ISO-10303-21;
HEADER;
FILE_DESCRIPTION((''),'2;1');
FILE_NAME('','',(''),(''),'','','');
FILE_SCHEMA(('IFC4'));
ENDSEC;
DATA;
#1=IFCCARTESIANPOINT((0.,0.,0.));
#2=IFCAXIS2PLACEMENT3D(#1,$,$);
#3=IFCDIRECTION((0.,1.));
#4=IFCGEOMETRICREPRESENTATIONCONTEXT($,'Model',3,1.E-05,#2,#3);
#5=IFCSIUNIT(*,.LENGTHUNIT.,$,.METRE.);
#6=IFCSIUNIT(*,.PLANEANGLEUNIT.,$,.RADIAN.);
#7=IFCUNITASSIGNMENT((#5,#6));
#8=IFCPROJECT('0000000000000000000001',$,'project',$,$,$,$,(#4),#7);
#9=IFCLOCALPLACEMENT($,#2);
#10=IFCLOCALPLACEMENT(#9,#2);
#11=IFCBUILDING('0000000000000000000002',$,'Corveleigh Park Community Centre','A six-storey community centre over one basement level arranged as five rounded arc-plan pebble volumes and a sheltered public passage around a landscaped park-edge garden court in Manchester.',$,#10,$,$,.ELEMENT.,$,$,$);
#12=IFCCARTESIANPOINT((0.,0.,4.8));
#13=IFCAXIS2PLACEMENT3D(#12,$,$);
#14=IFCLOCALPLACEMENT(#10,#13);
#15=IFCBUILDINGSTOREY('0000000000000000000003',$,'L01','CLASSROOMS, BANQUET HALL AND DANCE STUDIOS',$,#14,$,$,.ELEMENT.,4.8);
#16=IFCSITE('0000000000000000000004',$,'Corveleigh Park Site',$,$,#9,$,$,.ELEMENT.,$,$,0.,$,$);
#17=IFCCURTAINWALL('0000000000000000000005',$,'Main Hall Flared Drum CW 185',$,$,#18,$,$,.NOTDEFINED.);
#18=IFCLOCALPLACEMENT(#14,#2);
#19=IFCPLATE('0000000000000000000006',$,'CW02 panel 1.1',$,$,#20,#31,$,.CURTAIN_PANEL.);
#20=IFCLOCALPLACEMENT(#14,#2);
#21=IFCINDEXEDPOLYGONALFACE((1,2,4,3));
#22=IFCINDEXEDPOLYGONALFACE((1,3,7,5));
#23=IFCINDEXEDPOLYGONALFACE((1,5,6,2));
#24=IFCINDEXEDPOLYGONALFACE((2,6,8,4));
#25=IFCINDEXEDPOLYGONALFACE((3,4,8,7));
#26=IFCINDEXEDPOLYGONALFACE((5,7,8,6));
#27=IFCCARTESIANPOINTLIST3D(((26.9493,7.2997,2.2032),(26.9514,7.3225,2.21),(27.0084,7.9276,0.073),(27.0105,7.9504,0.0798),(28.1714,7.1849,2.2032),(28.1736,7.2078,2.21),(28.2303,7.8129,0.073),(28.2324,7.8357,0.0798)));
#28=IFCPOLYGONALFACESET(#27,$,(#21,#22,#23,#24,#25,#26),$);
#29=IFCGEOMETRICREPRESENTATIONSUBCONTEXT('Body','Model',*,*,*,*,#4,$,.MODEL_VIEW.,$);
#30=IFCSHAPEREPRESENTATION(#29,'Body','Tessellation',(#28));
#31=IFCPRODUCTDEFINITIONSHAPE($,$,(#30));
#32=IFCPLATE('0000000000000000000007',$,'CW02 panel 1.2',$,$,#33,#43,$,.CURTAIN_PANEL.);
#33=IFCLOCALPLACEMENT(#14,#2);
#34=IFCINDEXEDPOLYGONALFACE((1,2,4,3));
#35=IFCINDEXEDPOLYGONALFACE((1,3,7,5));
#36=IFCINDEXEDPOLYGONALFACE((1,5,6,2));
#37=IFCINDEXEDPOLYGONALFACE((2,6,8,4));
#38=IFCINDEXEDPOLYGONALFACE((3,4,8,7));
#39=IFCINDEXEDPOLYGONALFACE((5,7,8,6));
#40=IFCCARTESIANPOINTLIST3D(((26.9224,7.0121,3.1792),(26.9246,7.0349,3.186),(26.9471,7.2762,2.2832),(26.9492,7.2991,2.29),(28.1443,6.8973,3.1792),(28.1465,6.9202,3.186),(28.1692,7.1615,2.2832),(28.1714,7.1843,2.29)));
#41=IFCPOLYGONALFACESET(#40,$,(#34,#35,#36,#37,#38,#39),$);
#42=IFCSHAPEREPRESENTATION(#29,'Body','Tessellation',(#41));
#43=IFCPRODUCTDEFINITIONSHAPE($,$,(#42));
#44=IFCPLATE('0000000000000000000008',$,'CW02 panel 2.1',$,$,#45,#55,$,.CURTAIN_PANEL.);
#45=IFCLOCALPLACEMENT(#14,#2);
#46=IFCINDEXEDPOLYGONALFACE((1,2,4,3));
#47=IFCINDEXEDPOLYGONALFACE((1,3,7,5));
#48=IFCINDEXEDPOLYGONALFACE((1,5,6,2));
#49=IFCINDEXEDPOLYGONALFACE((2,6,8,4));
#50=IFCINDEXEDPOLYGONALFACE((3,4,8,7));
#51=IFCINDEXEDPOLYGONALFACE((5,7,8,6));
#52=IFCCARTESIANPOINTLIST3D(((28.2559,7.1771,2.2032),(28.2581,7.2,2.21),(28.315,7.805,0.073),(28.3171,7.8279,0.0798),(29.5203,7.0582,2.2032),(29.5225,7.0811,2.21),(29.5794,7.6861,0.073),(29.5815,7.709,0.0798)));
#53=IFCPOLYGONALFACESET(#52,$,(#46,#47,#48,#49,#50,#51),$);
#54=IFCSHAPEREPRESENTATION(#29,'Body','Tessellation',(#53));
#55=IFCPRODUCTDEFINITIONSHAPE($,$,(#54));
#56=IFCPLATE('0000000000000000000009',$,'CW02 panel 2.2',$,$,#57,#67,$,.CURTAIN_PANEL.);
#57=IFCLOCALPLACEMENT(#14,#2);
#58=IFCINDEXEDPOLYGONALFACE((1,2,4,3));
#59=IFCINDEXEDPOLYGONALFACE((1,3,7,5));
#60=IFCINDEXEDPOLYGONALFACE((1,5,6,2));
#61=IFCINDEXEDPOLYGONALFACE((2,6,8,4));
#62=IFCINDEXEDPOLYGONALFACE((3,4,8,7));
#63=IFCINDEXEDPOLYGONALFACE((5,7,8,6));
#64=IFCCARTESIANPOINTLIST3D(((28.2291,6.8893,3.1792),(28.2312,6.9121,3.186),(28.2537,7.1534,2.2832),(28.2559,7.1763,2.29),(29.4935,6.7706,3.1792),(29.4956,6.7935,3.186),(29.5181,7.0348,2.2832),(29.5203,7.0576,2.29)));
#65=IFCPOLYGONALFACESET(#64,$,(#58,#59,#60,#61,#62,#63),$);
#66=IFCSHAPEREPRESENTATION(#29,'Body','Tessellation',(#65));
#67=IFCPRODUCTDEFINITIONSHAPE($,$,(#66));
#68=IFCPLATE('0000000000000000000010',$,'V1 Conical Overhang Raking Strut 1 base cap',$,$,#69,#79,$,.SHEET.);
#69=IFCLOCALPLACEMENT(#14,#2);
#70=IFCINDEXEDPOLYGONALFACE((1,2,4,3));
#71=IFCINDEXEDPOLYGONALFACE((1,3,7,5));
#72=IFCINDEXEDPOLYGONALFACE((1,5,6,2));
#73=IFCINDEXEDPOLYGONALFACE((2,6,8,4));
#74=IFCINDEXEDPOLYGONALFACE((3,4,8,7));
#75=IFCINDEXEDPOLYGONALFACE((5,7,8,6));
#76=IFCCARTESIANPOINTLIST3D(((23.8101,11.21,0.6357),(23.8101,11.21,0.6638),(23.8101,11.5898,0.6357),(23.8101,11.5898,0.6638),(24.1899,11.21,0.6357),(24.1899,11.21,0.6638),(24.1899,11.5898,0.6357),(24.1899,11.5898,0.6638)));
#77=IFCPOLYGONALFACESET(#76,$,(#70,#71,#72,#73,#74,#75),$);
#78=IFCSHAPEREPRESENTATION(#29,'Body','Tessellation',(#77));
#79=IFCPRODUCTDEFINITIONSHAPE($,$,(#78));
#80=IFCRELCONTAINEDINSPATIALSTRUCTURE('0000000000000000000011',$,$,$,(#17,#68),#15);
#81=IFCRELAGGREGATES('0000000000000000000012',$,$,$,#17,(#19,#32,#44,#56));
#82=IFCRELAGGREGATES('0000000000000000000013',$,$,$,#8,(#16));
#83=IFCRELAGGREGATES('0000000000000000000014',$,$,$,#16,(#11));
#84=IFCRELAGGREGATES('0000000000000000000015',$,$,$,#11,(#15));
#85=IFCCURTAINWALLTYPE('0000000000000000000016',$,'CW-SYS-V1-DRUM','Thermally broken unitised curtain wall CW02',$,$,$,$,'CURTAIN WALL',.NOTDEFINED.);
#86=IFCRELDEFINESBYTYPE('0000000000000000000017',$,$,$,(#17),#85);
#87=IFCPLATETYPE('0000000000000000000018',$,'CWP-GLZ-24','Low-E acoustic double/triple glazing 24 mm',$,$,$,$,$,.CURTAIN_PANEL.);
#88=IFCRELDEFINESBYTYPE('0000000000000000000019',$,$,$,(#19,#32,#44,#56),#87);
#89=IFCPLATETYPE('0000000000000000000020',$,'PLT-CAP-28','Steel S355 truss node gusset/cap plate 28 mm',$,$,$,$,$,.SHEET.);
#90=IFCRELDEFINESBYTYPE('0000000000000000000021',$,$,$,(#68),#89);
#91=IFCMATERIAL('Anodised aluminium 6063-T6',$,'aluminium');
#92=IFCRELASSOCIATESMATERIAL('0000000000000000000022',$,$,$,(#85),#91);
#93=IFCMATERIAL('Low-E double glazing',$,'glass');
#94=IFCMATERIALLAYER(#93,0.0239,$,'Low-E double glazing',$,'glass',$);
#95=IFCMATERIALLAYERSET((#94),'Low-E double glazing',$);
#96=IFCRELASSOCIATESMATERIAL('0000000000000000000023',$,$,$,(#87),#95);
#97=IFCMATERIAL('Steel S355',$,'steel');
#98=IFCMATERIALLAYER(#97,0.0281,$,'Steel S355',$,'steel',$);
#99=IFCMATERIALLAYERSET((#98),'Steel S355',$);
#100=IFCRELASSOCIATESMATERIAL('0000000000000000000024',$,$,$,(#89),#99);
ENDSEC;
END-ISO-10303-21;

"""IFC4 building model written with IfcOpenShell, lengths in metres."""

from ifc_helpers import new_model, si_unit, direction, frame, origin, origin_2d, place, context, subcontext, project, spatial, polyline, rectangle, outline, extrude, material, layer, layer_set, type_object, element, aggregate, save


model = new_model("IFC4")

# Units and contexts
model_context = context("Model", 3, precision=1e-05, world=origin(), true_north=direction((0.0, 1.0)))
body_context = subcontext(model_context, "Body", "Model", "MODEL_VIEW")
ifc_project = project(units=[si_unit("LENGTHUNIT", "METRE"), si_unit("PLANEANGLEUNIT", "RADIAN")], contexts=[model_context])

# Site, building, storey
site_placement = place(None, origin())
site = spatial("IfcSite", under=ifc_project, at=site_placement, Name="Corveleigh Park Site", CompositionType="ELEMENT", RefElevation=0.0)
building_placement = place(site_placement, origin())
building = spatial("IfcBuilding", under=site, at=building_placement, Name="Corveleigh Park Community Centre", Description="A six-storey community centre over one basement level arranged as five rounded arc-plan pebble volumes and a sheltered public passage around a landscaped park-edge garden court in Manchester.", CompositionType="ELEMENT")
storey_placement = place(building_placement, frame((0.0, 0.0, 4.8)))
storey = spatial("IfcBuildingStorey", under=building, at=storey_placement, Name="L01", Description="CLASSROOMS, BANQUET HALL AND DANCE STUDIOS", CompositionType="ELEMENT", Elevation=4.8)

# Shared definitions
ifc_material_1 = material(Name="Steel S355", Category="steel")

# Curtain wall
ifc_material_2 = material(Name="Anodised aluminium 6063-T6", Category="aluminium")
curtain_wall_type = type_object("IfcCurtainWallType", Name="CW-SYS-V1-DRUM", Description="Thermally broken unitised curtain wall CW02", ElementType="CURTAIN WALL", PredefinedType="NOTDEFINED", material=ifc_material_2)
curtain_wall_1_placement = place(storey_placement, origin())
curtain_wall_1 = element("IfcCurtainWall", 1, at=curtain_wall_1_placement, inside=storey, type_object=curtain_wall_type, Name="Main Hall Flared Drum CW 185", PredefinedType="NOTDEFINED")

# Plates
ifc_material_3 = material(Name="Low-E double glazing", Category="glass")
ifc_layer_1 = layer(ifc_material_3, 0.0239, Name="Low-E double glazing", Category="glass")
ifc_layer_set_1 = layer_set([ifc_layer_1], Name="Low-E double glazing")
plate_type_1 = type_object("IfcPlateType", Name="CWP-GLZ-24", Description="Low-E acoustic double/triple glazing 24 mm", PredefinedType="CURTAIN_PANEL", material=ifc_layer_set_1)
plate_1_placement = place(storey_placement, frame((27.0105, 7.9504, 0.0798), z_axis=(0.089639, 0.954655, 0.283899), x_axis=(0.995621, -0.093486, 0.000003)))
plate_1 = element("IfcPlate", 2, at=plate_1_placement, type_object=plate_type_1, Name="CW02 panel 1.1", PredefinedType="CURTAIN_PANEL", context=body_context, shape_type="SweptSolid", body=[
    extrude(outline(polyline([(0.0, 0.0), (1.2273, 0.0), (1.2274, -2.2215), (-0.0001, -2.2215), (0.0, 0.0)])), origin(), (0.0, 0.0, -1.0), 0.0239),
])
plate_2_placement = place(storey_placement, frame((26.9492, 7.2991, 2.29), z_axis=(0.089638, 0.954646, 0.283931), x_axis=(0.995621, -0.093485, -0.000003)))
plate_2 = element("IfcPlate", 3, at=plate_2_placement, type_object=plate_type_1, Name="CW02 panel 1.2", PredefinedType="CURTAIN_PANEL", context=body_context, shape_type="SweptSolid", body=[
    extrude(outline(polyline([(0.0, 0.0), (1.2275, 0.0), (1.2274, -0.9345), (0.0001, -0.9345), (0.0, 0.0)])), origin(), (0.0, 0.0, -1.0), 0.0239),
])
plate_3_placement = place(storey_placement, frame((28.3171, 7.8279, 0.0798), z_axis=(0.089768, 0.954641, 0.283904), x_axis=(0.995608, -0.093621, 0.0)))
plate_3 = element("IfcPlate", 4, at=plate_3_placement, type_object=plate_type_1, Name="CW02 panel 2.1", PredefinedType="CURTAIN_PANEL", context=body_context, shape_type="SweptSolid", body=[
    extrude(outline(polyline([(0.0, 0.0), (1.27, 0.0), (1.2699, -2.2215), (0.0, -2.2215), (0.0, 0.0)])), origin(), (0.0, 0.0, -1.0), 0.0239),
])
plate_4_placement = place(storey_placement, frame((28.2559, 7.1763, 2.29), z_axis=(0.089585, 0.954654, 0.283919), x_axis=(0.995626, -0.09343, 0.0)))
plate_4 = element("IfcPlate", 5, at=plate_4_placement, type_object=plate_type_1, Name="CW02 panel 2.2", PredefinedType="CURTAIN_PANEL", context=body_context, shape_type="SweptSolid", body=[
    extrude(outline(polyline([(0.0, 0.0), (1.27, 0.0), (1.2701, -0.9345), (0.0001, -0.9345), (0.0, 0.0)])), origin(), (0.0, 0.0, -1.0), 0.0239),
])
aggregate(curtain_wall_1, [plate_1, plate_2, plate_3, plate_4])
ifc_layer_2 = layer(ifc_material_1, 0.0281, Name="Steel S355", Category="steel")
ifc_layer_set_2 = layer_set([ifc_layer_2], Name="Steel S355")
plate_type_2 = type_object("IfcPlateType", Name="PLT-CAP-28", Description="Steel S355 truss node gusset/cap plate 28 mm", PredefinedType="SHEET", material=ifc_layer_set_2)
plate_5_placement = place(storey_placement, frame((24.0, 11.3999, 0.6357), z_axis=(0.0, 0.0, 1.0), x_axis=(1.0, 0.0, 0.0)))
element("IfcPlate", 6, at=plate_5_placement, inside=storey, type_object=plate_type_2, Name="V1 Conical Overhang Raking Strut 1 base cap", PredefinedType="SHEET", context=body_context, shape_type="SweptSolid", body=[
    extrude(rectangle(XDim=0.3799, YDim=0.3799, at=origin_2d()), origin(), (0.0, 0.0, 1.0), 0.0281),
])

save(model, "model.ifc")
